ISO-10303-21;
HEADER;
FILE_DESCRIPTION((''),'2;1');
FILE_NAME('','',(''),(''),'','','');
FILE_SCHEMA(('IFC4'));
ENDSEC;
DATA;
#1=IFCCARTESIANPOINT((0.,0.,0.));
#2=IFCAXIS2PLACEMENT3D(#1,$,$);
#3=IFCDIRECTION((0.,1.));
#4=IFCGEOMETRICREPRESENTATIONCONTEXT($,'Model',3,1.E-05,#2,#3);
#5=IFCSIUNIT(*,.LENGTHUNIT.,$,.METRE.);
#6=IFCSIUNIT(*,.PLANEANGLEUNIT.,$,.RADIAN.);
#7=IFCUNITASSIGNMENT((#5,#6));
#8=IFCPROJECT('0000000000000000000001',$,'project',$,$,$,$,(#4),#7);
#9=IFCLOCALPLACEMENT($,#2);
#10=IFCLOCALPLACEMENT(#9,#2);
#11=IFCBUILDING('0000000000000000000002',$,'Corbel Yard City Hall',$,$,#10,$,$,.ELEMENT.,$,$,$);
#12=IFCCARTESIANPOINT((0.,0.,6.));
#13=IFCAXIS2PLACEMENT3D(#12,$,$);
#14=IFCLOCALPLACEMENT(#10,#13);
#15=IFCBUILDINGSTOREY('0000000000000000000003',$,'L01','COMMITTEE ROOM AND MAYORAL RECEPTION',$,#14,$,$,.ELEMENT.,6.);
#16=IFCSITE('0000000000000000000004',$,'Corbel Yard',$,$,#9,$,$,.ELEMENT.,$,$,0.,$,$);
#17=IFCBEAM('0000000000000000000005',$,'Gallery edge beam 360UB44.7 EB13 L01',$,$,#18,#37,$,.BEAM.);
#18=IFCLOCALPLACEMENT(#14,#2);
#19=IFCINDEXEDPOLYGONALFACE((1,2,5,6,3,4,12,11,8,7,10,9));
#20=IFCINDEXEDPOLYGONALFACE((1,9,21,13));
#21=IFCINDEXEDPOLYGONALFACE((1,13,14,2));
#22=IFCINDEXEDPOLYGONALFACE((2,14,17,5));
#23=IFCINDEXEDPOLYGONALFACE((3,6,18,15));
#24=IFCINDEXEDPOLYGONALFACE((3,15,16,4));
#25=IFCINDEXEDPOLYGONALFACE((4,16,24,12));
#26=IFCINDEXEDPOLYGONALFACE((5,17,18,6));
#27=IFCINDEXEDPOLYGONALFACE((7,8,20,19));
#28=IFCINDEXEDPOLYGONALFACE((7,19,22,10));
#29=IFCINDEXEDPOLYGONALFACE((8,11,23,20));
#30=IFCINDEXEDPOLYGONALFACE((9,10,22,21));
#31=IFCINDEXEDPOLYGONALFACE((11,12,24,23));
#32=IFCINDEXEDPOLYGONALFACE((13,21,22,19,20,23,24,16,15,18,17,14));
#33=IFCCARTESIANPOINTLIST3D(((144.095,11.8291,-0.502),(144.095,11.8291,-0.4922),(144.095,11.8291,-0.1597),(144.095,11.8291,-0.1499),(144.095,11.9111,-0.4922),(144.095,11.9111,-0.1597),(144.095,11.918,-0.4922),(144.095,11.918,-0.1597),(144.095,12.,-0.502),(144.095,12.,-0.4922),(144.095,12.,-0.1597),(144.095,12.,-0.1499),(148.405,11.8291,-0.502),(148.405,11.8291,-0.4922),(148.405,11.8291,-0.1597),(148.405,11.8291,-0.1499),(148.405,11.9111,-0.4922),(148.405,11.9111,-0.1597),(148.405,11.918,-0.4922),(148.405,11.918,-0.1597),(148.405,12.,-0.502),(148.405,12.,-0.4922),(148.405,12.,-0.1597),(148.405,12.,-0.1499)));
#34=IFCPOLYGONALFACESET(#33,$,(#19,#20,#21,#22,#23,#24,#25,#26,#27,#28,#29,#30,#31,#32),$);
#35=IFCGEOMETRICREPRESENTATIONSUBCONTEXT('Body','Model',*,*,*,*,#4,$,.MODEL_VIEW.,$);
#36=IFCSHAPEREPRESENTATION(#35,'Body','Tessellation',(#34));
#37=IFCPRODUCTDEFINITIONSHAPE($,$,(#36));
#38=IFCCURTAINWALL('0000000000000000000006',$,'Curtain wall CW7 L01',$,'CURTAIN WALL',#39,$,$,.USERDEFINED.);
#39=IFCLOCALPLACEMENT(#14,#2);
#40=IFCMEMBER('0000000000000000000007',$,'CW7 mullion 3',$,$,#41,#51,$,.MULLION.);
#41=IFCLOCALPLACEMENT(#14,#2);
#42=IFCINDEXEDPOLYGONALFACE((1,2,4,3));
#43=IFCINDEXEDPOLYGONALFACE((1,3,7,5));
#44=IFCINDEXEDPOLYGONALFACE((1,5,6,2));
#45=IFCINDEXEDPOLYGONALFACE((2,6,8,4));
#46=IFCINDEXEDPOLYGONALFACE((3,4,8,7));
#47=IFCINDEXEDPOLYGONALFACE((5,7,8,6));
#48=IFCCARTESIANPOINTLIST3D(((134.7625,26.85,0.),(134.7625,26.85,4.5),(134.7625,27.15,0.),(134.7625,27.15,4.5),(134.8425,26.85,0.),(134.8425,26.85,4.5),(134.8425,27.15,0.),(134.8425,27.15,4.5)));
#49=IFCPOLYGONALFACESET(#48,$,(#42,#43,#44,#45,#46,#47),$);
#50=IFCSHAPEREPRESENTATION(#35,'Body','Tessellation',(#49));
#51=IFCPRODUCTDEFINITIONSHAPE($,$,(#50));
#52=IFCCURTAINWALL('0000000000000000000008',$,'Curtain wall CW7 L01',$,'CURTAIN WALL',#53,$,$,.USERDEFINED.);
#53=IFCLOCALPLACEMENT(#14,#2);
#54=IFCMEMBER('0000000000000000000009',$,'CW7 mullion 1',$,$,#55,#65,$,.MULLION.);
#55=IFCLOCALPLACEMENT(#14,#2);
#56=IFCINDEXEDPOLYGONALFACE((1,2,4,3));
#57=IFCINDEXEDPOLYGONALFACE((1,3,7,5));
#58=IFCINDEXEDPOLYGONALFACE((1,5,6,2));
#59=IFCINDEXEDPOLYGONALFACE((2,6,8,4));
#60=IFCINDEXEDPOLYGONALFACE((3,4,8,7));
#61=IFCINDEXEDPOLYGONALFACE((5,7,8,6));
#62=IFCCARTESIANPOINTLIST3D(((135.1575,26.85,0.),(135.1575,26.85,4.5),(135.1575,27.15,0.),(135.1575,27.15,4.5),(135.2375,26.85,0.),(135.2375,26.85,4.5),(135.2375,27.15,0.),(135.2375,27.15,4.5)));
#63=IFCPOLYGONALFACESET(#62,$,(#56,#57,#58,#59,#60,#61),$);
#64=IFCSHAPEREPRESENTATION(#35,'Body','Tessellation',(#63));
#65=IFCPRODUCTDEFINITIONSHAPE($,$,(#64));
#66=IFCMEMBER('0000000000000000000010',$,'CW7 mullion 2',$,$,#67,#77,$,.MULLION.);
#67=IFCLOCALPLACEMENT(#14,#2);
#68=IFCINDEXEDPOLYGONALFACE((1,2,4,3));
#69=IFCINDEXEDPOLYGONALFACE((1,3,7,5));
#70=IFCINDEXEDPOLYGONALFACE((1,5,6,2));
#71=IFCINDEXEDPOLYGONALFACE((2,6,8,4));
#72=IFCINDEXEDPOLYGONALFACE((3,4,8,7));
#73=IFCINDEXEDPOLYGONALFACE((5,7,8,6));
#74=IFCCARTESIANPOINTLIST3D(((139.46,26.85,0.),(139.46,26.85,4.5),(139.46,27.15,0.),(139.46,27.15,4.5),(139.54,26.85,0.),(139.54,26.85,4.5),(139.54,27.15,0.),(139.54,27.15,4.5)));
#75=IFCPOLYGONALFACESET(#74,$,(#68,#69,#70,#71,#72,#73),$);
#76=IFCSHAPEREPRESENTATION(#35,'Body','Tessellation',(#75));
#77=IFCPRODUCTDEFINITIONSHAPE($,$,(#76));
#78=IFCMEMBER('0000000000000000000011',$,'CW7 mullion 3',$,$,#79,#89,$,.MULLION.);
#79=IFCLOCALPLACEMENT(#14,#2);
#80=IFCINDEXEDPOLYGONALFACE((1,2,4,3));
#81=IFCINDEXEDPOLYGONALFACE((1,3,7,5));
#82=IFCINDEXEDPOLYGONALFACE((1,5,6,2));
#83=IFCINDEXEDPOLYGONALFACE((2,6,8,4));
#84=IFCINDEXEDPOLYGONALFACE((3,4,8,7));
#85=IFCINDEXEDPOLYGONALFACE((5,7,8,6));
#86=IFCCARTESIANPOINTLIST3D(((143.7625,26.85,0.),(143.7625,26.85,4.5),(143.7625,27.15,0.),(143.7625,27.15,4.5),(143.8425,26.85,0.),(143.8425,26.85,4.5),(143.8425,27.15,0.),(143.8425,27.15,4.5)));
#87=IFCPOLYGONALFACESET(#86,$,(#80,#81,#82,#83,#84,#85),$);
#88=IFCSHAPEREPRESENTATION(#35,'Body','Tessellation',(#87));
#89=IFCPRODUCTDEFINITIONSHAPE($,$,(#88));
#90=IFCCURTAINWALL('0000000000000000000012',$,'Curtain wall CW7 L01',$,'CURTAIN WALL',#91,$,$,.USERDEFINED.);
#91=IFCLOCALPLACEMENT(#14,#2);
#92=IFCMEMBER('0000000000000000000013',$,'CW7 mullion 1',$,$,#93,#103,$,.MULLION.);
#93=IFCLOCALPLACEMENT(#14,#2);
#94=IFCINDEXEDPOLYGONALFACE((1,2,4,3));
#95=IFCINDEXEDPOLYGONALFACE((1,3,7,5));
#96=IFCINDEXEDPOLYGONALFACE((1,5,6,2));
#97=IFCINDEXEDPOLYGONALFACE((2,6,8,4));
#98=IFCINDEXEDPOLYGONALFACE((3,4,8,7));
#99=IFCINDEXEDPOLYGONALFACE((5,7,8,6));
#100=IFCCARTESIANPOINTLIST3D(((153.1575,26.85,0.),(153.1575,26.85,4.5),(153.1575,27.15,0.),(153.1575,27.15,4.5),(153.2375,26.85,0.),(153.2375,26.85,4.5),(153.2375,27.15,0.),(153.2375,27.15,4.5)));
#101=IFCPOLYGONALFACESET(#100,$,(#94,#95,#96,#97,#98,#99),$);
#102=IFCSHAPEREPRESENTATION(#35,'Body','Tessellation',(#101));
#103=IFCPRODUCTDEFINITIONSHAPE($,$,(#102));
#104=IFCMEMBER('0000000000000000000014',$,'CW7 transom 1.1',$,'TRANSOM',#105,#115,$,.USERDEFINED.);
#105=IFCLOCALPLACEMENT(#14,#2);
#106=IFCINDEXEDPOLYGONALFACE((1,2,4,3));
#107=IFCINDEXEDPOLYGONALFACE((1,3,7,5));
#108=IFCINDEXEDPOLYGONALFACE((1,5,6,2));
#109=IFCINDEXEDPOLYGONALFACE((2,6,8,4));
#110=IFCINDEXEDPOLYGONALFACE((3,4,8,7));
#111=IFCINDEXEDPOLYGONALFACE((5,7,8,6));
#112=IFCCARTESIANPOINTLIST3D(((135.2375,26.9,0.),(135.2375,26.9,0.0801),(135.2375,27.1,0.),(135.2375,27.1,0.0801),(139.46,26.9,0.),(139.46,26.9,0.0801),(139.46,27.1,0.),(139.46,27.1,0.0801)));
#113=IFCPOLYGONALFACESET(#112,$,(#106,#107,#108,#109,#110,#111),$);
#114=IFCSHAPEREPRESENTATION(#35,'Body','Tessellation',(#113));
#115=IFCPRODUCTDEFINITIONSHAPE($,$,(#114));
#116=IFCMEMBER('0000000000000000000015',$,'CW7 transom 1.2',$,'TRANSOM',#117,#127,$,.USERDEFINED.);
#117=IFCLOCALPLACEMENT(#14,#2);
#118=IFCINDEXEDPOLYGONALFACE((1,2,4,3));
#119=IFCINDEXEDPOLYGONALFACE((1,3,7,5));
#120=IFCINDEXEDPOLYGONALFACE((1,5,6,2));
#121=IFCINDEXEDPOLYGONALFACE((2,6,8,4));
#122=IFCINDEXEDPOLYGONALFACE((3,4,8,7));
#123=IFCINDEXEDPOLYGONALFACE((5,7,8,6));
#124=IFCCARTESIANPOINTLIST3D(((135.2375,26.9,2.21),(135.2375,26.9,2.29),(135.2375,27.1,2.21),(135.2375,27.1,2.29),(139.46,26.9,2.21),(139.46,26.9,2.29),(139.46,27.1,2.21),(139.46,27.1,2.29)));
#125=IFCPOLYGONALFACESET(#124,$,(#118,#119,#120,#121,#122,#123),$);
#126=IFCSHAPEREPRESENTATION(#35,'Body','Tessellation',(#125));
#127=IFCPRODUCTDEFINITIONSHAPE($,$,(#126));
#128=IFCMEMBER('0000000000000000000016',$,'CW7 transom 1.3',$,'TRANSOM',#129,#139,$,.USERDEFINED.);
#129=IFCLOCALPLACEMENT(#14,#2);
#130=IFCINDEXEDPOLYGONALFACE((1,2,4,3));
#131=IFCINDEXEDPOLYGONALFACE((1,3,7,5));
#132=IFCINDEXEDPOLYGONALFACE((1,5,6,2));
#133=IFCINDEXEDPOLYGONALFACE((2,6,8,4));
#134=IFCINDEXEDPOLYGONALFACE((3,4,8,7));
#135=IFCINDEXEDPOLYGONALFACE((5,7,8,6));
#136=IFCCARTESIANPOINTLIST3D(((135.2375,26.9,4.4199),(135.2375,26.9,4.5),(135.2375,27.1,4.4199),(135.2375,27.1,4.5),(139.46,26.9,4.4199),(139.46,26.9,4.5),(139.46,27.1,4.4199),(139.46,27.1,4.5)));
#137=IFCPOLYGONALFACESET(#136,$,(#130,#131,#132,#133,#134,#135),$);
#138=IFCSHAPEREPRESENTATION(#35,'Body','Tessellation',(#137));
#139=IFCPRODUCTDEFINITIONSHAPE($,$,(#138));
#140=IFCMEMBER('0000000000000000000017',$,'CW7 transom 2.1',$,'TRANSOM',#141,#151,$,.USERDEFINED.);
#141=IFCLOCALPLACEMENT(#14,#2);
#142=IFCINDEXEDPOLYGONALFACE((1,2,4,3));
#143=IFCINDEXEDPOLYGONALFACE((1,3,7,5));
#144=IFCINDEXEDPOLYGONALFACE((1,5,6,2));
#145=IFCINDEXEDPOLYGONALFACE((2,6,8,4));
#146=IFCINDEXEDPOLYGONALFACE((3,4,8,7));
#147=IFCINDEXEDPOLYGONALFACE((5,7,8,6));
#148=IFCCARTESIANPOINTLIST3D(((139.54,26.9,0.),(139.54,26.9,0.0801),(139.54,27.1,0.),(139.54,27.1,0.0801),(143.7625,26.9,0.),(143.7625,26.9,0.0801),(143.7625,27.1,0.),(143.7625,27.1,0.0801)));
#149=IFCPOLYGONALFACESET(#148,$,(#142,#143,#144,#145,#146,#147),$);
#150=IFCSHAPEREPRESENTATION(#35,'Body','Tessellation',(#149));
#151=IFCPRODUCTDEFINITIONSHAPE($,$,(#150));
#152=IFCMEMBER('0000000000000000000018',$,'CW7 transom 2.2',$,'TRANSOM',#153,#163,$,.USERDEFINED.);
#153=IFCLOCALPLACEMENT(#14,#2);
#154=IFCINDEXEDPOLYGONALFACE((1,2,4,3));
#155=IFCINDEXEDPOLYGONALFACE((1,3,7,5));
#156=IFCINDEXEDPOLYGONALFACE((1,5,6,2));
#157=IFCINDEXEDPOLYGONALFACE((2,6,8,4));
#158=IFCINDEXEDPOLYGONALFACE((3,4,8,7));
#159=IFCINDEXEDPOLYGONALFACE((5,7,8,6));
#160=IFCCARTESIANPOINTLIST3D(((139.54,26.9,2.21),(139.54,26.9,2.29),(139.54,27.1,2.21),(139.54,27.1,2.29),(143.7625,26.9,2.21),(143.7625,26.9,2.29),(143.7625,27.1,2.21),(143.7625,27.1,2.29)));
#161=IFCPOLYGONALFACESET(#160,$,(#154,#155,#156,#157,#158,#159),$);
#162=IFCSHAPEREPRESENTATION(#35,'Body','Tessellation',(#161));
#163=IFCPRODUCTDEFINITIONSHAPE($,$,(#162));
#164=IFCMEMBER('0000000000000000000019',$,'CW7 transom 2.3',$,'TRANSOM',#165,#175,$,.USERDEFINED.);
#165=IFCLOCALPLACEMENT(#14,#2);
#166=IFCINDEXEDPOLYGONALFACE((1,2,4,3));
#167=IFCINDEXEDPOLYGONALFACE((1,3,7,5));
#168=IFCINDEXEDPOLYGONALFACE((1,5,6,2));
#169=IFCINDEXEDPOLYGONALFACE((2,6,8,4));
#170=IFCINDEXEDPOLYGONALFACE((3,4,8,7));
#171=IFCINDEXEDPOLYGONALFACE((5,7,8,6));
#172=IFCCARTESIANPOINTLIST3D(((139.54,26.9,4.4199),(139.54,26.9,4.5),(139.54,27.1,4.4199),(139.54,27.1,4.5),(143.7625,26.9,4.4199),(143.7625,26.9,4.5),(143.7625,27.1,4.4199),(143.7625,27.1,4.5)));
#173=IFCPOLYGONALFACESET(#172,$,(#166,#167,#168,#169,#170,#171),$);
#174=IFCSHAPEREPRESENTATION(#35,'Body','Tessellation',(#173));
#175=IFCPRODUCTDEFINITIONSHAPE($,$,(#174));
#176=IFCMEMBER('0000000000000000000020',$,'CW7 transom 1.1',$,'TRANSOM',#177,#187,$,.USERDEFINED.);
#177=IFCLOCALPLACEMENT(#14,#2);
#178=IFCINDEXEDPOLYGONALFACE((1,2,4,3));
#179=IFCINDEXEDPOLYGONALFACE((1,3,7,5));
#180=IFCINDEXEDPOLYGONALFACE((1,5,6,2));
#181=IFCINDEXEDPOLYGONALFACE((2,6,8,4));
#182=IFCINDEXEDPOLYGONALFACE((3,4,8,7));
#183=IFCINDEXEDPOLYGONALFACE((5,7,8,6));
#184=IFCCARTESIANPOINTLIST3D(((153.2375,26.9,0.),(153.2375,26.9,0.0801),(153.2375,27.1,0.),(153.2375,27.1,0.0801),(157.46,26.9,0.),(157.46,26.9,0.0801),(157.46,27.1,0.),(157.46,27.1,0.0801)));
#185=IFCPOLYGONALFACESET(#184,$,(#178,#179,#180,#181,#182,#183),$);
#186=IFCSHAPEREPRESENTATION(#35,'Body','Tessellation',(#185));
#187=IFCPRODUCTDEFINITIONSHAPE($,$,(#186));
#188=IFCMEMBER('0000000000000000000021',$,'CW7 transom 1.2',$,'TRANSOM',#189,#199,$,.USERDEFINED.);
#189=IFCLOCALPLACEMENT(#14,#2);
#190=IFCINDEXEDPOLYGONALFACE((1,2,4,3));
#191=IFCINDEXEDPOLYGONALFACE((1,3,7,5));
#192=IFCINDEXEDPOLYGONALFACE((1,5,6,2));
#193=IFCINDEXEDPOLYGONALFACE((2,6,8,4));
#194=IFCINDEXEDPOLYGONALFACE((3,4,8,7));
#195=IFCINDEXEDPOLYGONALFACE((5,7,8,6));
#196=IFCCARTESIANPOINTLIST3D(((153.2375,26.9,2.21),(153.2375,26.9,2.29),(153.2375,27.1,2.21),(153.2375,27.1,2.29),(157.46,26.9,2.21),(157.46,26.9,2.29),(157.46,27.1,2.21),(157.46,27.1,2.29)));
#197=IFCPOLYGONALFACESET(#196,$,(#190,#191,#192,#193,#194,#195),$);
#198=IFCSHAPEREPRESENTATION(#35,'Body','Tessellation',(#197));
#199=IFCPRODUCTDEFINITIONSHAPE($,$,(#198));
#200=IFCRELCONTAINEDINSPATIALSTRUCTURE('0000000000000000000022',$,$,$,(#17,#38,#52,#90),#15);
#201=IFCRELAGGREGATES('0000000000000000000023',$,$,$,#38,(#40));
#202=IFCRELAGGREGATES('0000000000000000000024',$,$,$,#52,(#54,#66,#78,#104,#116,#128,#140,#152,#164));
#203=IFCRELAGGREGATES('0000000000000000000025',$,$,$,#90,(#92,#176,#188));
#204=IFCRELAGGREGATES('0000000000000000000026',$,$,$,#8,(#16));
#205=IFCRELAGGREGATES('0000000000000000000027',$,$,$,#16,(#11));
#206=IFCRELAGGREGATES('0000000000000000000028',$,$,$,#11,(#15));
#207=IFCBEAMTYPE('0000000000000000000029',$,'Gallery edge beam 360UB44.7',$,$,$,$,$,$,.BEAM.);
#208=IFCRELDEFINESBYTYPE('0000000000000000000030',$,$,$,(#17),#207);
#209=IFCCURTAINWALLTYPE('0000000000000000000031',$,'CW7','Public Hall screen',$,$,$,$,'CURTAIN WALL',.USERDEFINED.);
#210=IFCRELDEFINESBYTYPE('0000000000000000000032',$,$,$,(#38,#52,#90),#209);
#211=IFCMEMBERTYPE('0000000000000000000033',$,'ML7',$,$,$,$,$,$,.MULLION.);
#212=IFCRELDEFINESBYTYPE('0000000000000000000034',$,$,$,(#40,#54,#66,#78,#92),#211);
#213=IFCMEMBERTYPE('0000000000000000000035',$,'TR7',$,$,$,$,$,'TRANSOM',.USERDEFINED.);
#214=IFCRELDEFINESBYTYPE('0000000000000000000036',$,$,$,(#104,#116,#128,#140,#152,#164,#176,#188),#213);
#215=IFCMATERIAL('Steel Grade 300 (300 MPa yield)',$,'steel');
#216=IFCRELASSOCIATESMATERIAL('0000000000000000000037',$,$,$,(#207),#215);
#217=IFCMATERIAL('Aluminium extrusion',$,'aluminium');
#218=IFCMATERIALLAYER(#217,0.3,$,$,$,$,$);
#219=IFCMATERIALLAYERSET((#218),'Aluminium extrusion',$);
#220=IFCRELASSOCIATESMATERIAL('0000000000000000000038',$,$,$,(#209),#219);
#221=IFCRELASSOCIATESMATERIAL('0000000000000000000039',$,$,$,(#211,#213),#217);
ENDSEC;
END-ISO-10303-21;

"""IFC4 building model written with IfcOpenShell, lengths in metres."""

from ifc_helpers import new_model, si_unit, direction, frame, origin, origin_2d, place, context, subcontext, project, spatial, rectangle, i_section, extrude, material, layer, layer_set, material_profile, profile_set, type_object, element, aggregate, save


model = new_model("IFC4")

# Units and contexts
model_context = context("Model", 3, precision=1e-05, world=origin(), true_north=direction((0.0, 1.0)))
body_context = subcontext(model_context, "Body", "Model", "MODEL_VIEW")
ifc_project = project(units=[si_unit("LENGTHUNIT", "METRE"), si_unit("PLANEANGLEUNIT", "RADIAN")], contexts=[model_context])

# Site, building, storey
site_placement = place(None, origin())
site = spatial("IfcSite", under=ifc_project, at=site_placement, Name="Corbel Yard", CompositionType="ELEMENT", RefElevation=0.0)
building_placement = place(site_placement, origin())
building = spatial("IfcBuilding", under=site, at=building_placement, Name="Corbel Yard City Hall", CompositionType="ELEMENT")
storey_placement = place(building_placement, frame((0.0, 0.0, 6.0)))
storey = spatial("IfcBuildingStorey", under=building, at=storey_placement, Name="L01", Description="COMMITTEE ROOM AND MAYORAL RECEPTION", CompositionType="ELEMENT", Elevation=6.0)

# Shared definitions
ifc_material_1 = material(Name="Steel Grade 300 (300 MPa yield)", Category="steel")

# Beam
ifc_material_profile_1 = material_profile(ifc_material_1, i_section(OverallWidth=0.1709, OverallDepth=0.3521, WebThickness=0.0068, FlangeThickness=0.0098, at=origin_2d()), Name="360UB44.7")
ifc_profile_set_1 = profile_set([ifc_material_profile_1], Name="Steel Grade 300 (300 MPa yield)")
beam_type_1 = type_object("IfcBeamType", Name="Gallery edge beam 360UB44.7", PredefinedType="BEAM", material=ifc_profile_set_1)
for number, where, z_axis, x_axis, name in (
    (1, (144.095, 11.9146, -0.3259), (1.0, 0.0, 0.0), (0.0, 1.0, 0.0), "Gallery edge beam 360UB44.7 EB13 L01"),
):
    element("IfcBeam", number, at=place(storey_placement, frame(where, z_axis=z_axis, x_axis=x_axis)), inside=storey, type_object=beam_type_1, Name=name, PredefinedType="BEAM", context=body_context, shape_type="SweptSolid", body=[
        extrude(i_section(OverallWidth=0.1709, OverallDepth=0.3521, WebThickness=0.0068, FlangeThickness=0.0098, at=origin_2d()), origin(), (0.0, 0.0, 1.0), 4.3101),
    ])

# Curtain wall, member
ifc_material_2 = material(Name="Aluminium extrusion", Category="aluminium")
ifc_layer_1 = layer(ifc_material_2, 0.3)
ifc_layer_set_1 = layer_set([ifc_layer_1], Name="Aluminium extrusion")
curtain_wall_type = type_object("IfcCurtainWallType", Name="CW7", Description="Public Hall screen", ElementType="CURTAIN WALL", PredefinedType="USERDEFINED", material=ifc_layer_set_1)
curtain_wall_1_placement = place(storey_placement, origin())
curtain_wall_1 = element("IfcCurtainWall", 2, at=curtain_wall_1_placement, inside=storey, type_object=curtain_wall_type, Name="Curtain wall CW7 L01", ObjectType="CURTAIN WALL", PredefinedType="USERDEFINED")
ifc_material_profile_2 = material_profile(ifc_material_2, rectangle(XDim=0.3, YDim=0.0801, at=origin_2d()), Name="300x80")
ifc_profile_set_2 = profile_set([ifc_material_profile_2], Name="Aluminium extrusion")
member_type_1 = type_object("IfcMemberType", Name="ML7", PredefinedType="MULLION", material=ifc_profile_set_2)
member_1_placement = place(storey_placement, frame((134.8025, 27.0, 0.0), z_axis=(0.0, 0.0, 1.0), x_axis=(0.0, 1.0, 0.0)))
member_1 = element("IfcMember", 3, at=member_1_placement, type_object=member_type_1, Name="CW7 mullion 3", PredefinedType="MULLION", context=body_context, shape_type="SweptSolid", body=[
    extrude(rectangle(XDim=0.3, YDim=0.0801, at=origin_2d()), origin(), (0.0, 0.0, 1.0), 4.5),
])

# Curtain wall, members
curtain_wall_2_placement = place(storey_placement, origin())
curtain_wall_2 = element("IfcCurtainWall", 4, at=curtain_wall_2_placement, inside=storey, type_object=curtain_wall_type, Name="Curtain wall CW7 L01", ObjectType="CURTAIN WALL", PredefinedType="USERDEFINED")
member_2_placement = place(storey_placement, frame((135.1975, 27.0, 0.0), z_axis=(0.0, 0.0, 1.0), x_axis=(0.0, 1.0, 0.0)))
member_2 = element("IfcMember", 5, at=member_2_placement, type_object=member_type_1, Name="CW7 mullion 1", PredefinedType="MULLION", context=body_context, shape_type="SweptSolid", body=[
    extrude(rectangle(XDim=0.3, YDim=0.0801, at=origin_2d()), origin(), (0.0, 0.0, 1.0), 4.5),
])
member_3_placement = place(storey_placement, frame((139.5, 27.0, 0.0), z_axis=(0.0, 0.0, 1.0), x_axis=(0.0, 1.0, 0.0)))
member_3 = element("IfcMember", 6, at=member_3_placement, type_object=member_type_1, Name="CW7 mullion 2", PredefinedType="MULLION", context=body_context, shape_type="SweptSolid", body=[
    extrude(rectangle(XDim=0.3, YDim=0.0801, at=origin_2d()), origin(), (0.0, 0.0, 1.0), 4.5),
])
member_4_placement = place(storey_placement, frame((143.8025, 27.0, 0.0), z_axis=(0.0, 0.0, 1.0), x_axis=(0.0, 1.0, 0.0)))
member_4 = element("IfcMember", 7, at=member_4_placement, type_object=member_type_1, Name="CW7 mullion 3", PredefinedType="MULLION", context=body_context, shape_type="SweptSolid", body=[
    extrude(rectangle(XDim=0.3, YDim=0.0801, at=origin_2d()), origin(), (0.0, 0.0, 1.0), 4.5),
])

# Curtain wall, member
curtain_wall_3_placement = place(storey_placement, origin())
curtain_wall_3 = element("IfcCurtainWall", 8, at=curtain_wall_3_placement, inside=storey, type_object=curtain_wall_type, Name="Curtain wall CW7 L01", ObjectType="CURTAIN WALL", PredefinedType="USERDEFINED")
member_5_placement = place(storey_placement, frame((153.1975, 27.0, 0.0), z_axis=(0.0, 0.0, 1.0), x_axis=(0.0, 1.0, 0.0)))
member_5 = element("IfcMember", 9, at=member_5_placement, type_object=member_type_1, Name="CW7 mullion 1", PredefinedType="MULLION", context=body_context, shape_type="SweptSolid", body=[
    extrude(rectangle(XDim=0.3, YDim=0.0801, at=origin_2d()), origin(), (0.0, 0.0, 1.0), 4.5),
])

# Members
ifc_material_profile_3 = material_profile(ifc_material_2, rectangle(XDim=0.2, YDim=0.0801, at=origin_2d()), Name="200x80")
ifc_profile_set_3 = profile_set([ifc_material_profile_3], Name="Aluminium extrusion")
member_type_2 = type_object("IfcMemberType", Name="TR7", ElementType="TRANSOM", PredefinedType="USERDEFINED", material=ifc_profile_set_3)
member_6_placement = place(storey_placement, frame((135.2375, 27.0, 0.04), z_axis=(1.0, 0.0, 0.0), x_axis=(0.0, 1.0, 0.0)))
member_6 = element("IfcMember", 10, at=member_6_placement, type_object=member_type_2, Name="CW7 transom 1.1", ObjectType="TRANSOM", PredefinedType="USERDEFINED", context=body_context, shape_type="SweptSolid", body=[
    extrude(rectangle(XDim=0.2, YDim=0.0801, at=origin_2d()), origin(), (0.0, 0.0, 1.0), 4.2224),
])
member_7_placement = place(storey_placement, frame((135.2375, 27.0, 2.25), z_axis=(1.0, 0.0, 0.0), x_axis=(0.0, 1.0, 0.0)))
member_7 = element("IfcMember", 11, at=member_7_placement, type_object=member_type_2, Name="CW7 transom 1.2", ObjectType="TRANSOM", PredefinedType="USERDEFINED", context=body_context, shape_type="SweptSolid", body=[
    extrude(rectangle(XDim=0.2, YDim=0.0801, at=origin_2d()), origin(), (0.0, 0.0, 1.0), 4.2224),
])
member_8_placement = place(storey_placement, frame((135.2375, 27.0, 4.46), z_axis=(1.0, 0.0, 0.0), x_axis=(0.0, 1.0, 0.0)))
member_8 = element("IfcMember", 12, at=member_8_placement, type_object=member_type_2, Name="CW7 transom 1.3", ObjectType="TRANSOM", PredefinedType="USERDEFINED", context=body_context, shape_type="SweptSolid", body=[
    extrude(rectangle(XDim=0.2, YDim=0.0801, at=origin_2d()), origin(), (0.0, 0.0, 1.0), 4.2224),
])
member_9_placement = place(storey_placement, frame((139.54, 27.0, 0.04), z_axis=(1.0, 0.0, 0.0), x_axis=(0.0, 1.0, 0.0)))
member_9 = element("IfcMember", 13, at=member_9_placement, type_object=member_type_2, Name="CW7 transom 2.1", ObjectType="TRANSOM", PredefinedType="USERDEFINED", context=body_context, shape_type="SweptSolid", body=[
    extrude(rectangle(XDim=0.2, YDim=0.0801, at=origin_2d()), origin(), (0.0, 0.0, 1.0), 4.2224),
])
member_10_placement = place(storey_placement, frame((139.54, 27.0, 2.25), z_axis=(1.0, 0.0, 0.0), x_axis=(0.0, 1.0, 0.0)))
member_10 = element("IfcMember", 14, at=member_10_placement, type_object=member_type_2, Name="CW7 transom 2.2", ObjectType="TRANSOM", PredefinedType="USERDEFINED", context=body_context, shape_type="SweptSolid", body=[
    extrude(rectangle(XDim=0.2, YDim=0.0801, at=origin_2d()), origin(), (0.0, 0.0, 1.0), 4.2224),
])
member_11_placement = place(storey_placement, frame((139.54, 27.0, 4.46), z_axis=(1.0, 0.0, 0.0), x_axis=(0.0, 1.0, 0.0)))
member_11 = element("IfcMember", 15, at=member_11_placement, type_object=member_type_2, Name="CW7 transom 2.3", ObjectType="TRANSOM", PredefinedType="USERDEFINED", context=body_context, shape_type="SweptSolid", body=[
    extrude(rectangle(XDim=0.2, YDim=0.0801, at=origin_2d()), origin(), (0.0, 0.0, 1.0), 4.2224),
])
member_12_placement = place(storey_placement, frame((153.2375, 27.0, 0.04), z_axis=(1.0, 0.0, 0.0), x_axis=(0.0, 1.0, 0.0)))
member_12 = element("IfcMember", 16, at=member_12_placement, type_object=member_type_2, Name="CW7 transom 1.1", ObjectType="TRANSOM", PredefinedType="USERDEFINED", context=body_context, shape_type="SweptSolid", body=[
    extrude(rectangle(XDim=0.2, YDim=0.0801, at=origin_2d()), origin(), (0.0, 0.0, 1.0), 4.2224),
])
member_13_placement = place(storey_placement, frame((153.2375, 27.0, 2.25), z_axis=(1.0, 0.0, 0.0), x_axis=(0.0, 1.0, 0.0)))
member_13 = element("IfcMember", 17, at=member_13_placement, type_object=member_type_2, Name="CW7 transom 1.2", ObjectType="TRANSOM", PredefinedType="USERDEFINED", context=body_context, shape_type="SweptSolid", body=[
    extrude(rectangle(XDim=0.2, YDim=0.0801, at=origin_2d()), origin(), (0.0, 0.0, 1.0), 4.2224),
])

aggregate(curtain_wall_1, [member_1])
aggregate(curtain_wall_2, [member_2, member_3, member_4, member_6, member_7, member_8, member_9, member_10, member_11])
aggregate(curtain_wall_3, [member_5, member_12, member_13])

save(model, "model.ifc")
